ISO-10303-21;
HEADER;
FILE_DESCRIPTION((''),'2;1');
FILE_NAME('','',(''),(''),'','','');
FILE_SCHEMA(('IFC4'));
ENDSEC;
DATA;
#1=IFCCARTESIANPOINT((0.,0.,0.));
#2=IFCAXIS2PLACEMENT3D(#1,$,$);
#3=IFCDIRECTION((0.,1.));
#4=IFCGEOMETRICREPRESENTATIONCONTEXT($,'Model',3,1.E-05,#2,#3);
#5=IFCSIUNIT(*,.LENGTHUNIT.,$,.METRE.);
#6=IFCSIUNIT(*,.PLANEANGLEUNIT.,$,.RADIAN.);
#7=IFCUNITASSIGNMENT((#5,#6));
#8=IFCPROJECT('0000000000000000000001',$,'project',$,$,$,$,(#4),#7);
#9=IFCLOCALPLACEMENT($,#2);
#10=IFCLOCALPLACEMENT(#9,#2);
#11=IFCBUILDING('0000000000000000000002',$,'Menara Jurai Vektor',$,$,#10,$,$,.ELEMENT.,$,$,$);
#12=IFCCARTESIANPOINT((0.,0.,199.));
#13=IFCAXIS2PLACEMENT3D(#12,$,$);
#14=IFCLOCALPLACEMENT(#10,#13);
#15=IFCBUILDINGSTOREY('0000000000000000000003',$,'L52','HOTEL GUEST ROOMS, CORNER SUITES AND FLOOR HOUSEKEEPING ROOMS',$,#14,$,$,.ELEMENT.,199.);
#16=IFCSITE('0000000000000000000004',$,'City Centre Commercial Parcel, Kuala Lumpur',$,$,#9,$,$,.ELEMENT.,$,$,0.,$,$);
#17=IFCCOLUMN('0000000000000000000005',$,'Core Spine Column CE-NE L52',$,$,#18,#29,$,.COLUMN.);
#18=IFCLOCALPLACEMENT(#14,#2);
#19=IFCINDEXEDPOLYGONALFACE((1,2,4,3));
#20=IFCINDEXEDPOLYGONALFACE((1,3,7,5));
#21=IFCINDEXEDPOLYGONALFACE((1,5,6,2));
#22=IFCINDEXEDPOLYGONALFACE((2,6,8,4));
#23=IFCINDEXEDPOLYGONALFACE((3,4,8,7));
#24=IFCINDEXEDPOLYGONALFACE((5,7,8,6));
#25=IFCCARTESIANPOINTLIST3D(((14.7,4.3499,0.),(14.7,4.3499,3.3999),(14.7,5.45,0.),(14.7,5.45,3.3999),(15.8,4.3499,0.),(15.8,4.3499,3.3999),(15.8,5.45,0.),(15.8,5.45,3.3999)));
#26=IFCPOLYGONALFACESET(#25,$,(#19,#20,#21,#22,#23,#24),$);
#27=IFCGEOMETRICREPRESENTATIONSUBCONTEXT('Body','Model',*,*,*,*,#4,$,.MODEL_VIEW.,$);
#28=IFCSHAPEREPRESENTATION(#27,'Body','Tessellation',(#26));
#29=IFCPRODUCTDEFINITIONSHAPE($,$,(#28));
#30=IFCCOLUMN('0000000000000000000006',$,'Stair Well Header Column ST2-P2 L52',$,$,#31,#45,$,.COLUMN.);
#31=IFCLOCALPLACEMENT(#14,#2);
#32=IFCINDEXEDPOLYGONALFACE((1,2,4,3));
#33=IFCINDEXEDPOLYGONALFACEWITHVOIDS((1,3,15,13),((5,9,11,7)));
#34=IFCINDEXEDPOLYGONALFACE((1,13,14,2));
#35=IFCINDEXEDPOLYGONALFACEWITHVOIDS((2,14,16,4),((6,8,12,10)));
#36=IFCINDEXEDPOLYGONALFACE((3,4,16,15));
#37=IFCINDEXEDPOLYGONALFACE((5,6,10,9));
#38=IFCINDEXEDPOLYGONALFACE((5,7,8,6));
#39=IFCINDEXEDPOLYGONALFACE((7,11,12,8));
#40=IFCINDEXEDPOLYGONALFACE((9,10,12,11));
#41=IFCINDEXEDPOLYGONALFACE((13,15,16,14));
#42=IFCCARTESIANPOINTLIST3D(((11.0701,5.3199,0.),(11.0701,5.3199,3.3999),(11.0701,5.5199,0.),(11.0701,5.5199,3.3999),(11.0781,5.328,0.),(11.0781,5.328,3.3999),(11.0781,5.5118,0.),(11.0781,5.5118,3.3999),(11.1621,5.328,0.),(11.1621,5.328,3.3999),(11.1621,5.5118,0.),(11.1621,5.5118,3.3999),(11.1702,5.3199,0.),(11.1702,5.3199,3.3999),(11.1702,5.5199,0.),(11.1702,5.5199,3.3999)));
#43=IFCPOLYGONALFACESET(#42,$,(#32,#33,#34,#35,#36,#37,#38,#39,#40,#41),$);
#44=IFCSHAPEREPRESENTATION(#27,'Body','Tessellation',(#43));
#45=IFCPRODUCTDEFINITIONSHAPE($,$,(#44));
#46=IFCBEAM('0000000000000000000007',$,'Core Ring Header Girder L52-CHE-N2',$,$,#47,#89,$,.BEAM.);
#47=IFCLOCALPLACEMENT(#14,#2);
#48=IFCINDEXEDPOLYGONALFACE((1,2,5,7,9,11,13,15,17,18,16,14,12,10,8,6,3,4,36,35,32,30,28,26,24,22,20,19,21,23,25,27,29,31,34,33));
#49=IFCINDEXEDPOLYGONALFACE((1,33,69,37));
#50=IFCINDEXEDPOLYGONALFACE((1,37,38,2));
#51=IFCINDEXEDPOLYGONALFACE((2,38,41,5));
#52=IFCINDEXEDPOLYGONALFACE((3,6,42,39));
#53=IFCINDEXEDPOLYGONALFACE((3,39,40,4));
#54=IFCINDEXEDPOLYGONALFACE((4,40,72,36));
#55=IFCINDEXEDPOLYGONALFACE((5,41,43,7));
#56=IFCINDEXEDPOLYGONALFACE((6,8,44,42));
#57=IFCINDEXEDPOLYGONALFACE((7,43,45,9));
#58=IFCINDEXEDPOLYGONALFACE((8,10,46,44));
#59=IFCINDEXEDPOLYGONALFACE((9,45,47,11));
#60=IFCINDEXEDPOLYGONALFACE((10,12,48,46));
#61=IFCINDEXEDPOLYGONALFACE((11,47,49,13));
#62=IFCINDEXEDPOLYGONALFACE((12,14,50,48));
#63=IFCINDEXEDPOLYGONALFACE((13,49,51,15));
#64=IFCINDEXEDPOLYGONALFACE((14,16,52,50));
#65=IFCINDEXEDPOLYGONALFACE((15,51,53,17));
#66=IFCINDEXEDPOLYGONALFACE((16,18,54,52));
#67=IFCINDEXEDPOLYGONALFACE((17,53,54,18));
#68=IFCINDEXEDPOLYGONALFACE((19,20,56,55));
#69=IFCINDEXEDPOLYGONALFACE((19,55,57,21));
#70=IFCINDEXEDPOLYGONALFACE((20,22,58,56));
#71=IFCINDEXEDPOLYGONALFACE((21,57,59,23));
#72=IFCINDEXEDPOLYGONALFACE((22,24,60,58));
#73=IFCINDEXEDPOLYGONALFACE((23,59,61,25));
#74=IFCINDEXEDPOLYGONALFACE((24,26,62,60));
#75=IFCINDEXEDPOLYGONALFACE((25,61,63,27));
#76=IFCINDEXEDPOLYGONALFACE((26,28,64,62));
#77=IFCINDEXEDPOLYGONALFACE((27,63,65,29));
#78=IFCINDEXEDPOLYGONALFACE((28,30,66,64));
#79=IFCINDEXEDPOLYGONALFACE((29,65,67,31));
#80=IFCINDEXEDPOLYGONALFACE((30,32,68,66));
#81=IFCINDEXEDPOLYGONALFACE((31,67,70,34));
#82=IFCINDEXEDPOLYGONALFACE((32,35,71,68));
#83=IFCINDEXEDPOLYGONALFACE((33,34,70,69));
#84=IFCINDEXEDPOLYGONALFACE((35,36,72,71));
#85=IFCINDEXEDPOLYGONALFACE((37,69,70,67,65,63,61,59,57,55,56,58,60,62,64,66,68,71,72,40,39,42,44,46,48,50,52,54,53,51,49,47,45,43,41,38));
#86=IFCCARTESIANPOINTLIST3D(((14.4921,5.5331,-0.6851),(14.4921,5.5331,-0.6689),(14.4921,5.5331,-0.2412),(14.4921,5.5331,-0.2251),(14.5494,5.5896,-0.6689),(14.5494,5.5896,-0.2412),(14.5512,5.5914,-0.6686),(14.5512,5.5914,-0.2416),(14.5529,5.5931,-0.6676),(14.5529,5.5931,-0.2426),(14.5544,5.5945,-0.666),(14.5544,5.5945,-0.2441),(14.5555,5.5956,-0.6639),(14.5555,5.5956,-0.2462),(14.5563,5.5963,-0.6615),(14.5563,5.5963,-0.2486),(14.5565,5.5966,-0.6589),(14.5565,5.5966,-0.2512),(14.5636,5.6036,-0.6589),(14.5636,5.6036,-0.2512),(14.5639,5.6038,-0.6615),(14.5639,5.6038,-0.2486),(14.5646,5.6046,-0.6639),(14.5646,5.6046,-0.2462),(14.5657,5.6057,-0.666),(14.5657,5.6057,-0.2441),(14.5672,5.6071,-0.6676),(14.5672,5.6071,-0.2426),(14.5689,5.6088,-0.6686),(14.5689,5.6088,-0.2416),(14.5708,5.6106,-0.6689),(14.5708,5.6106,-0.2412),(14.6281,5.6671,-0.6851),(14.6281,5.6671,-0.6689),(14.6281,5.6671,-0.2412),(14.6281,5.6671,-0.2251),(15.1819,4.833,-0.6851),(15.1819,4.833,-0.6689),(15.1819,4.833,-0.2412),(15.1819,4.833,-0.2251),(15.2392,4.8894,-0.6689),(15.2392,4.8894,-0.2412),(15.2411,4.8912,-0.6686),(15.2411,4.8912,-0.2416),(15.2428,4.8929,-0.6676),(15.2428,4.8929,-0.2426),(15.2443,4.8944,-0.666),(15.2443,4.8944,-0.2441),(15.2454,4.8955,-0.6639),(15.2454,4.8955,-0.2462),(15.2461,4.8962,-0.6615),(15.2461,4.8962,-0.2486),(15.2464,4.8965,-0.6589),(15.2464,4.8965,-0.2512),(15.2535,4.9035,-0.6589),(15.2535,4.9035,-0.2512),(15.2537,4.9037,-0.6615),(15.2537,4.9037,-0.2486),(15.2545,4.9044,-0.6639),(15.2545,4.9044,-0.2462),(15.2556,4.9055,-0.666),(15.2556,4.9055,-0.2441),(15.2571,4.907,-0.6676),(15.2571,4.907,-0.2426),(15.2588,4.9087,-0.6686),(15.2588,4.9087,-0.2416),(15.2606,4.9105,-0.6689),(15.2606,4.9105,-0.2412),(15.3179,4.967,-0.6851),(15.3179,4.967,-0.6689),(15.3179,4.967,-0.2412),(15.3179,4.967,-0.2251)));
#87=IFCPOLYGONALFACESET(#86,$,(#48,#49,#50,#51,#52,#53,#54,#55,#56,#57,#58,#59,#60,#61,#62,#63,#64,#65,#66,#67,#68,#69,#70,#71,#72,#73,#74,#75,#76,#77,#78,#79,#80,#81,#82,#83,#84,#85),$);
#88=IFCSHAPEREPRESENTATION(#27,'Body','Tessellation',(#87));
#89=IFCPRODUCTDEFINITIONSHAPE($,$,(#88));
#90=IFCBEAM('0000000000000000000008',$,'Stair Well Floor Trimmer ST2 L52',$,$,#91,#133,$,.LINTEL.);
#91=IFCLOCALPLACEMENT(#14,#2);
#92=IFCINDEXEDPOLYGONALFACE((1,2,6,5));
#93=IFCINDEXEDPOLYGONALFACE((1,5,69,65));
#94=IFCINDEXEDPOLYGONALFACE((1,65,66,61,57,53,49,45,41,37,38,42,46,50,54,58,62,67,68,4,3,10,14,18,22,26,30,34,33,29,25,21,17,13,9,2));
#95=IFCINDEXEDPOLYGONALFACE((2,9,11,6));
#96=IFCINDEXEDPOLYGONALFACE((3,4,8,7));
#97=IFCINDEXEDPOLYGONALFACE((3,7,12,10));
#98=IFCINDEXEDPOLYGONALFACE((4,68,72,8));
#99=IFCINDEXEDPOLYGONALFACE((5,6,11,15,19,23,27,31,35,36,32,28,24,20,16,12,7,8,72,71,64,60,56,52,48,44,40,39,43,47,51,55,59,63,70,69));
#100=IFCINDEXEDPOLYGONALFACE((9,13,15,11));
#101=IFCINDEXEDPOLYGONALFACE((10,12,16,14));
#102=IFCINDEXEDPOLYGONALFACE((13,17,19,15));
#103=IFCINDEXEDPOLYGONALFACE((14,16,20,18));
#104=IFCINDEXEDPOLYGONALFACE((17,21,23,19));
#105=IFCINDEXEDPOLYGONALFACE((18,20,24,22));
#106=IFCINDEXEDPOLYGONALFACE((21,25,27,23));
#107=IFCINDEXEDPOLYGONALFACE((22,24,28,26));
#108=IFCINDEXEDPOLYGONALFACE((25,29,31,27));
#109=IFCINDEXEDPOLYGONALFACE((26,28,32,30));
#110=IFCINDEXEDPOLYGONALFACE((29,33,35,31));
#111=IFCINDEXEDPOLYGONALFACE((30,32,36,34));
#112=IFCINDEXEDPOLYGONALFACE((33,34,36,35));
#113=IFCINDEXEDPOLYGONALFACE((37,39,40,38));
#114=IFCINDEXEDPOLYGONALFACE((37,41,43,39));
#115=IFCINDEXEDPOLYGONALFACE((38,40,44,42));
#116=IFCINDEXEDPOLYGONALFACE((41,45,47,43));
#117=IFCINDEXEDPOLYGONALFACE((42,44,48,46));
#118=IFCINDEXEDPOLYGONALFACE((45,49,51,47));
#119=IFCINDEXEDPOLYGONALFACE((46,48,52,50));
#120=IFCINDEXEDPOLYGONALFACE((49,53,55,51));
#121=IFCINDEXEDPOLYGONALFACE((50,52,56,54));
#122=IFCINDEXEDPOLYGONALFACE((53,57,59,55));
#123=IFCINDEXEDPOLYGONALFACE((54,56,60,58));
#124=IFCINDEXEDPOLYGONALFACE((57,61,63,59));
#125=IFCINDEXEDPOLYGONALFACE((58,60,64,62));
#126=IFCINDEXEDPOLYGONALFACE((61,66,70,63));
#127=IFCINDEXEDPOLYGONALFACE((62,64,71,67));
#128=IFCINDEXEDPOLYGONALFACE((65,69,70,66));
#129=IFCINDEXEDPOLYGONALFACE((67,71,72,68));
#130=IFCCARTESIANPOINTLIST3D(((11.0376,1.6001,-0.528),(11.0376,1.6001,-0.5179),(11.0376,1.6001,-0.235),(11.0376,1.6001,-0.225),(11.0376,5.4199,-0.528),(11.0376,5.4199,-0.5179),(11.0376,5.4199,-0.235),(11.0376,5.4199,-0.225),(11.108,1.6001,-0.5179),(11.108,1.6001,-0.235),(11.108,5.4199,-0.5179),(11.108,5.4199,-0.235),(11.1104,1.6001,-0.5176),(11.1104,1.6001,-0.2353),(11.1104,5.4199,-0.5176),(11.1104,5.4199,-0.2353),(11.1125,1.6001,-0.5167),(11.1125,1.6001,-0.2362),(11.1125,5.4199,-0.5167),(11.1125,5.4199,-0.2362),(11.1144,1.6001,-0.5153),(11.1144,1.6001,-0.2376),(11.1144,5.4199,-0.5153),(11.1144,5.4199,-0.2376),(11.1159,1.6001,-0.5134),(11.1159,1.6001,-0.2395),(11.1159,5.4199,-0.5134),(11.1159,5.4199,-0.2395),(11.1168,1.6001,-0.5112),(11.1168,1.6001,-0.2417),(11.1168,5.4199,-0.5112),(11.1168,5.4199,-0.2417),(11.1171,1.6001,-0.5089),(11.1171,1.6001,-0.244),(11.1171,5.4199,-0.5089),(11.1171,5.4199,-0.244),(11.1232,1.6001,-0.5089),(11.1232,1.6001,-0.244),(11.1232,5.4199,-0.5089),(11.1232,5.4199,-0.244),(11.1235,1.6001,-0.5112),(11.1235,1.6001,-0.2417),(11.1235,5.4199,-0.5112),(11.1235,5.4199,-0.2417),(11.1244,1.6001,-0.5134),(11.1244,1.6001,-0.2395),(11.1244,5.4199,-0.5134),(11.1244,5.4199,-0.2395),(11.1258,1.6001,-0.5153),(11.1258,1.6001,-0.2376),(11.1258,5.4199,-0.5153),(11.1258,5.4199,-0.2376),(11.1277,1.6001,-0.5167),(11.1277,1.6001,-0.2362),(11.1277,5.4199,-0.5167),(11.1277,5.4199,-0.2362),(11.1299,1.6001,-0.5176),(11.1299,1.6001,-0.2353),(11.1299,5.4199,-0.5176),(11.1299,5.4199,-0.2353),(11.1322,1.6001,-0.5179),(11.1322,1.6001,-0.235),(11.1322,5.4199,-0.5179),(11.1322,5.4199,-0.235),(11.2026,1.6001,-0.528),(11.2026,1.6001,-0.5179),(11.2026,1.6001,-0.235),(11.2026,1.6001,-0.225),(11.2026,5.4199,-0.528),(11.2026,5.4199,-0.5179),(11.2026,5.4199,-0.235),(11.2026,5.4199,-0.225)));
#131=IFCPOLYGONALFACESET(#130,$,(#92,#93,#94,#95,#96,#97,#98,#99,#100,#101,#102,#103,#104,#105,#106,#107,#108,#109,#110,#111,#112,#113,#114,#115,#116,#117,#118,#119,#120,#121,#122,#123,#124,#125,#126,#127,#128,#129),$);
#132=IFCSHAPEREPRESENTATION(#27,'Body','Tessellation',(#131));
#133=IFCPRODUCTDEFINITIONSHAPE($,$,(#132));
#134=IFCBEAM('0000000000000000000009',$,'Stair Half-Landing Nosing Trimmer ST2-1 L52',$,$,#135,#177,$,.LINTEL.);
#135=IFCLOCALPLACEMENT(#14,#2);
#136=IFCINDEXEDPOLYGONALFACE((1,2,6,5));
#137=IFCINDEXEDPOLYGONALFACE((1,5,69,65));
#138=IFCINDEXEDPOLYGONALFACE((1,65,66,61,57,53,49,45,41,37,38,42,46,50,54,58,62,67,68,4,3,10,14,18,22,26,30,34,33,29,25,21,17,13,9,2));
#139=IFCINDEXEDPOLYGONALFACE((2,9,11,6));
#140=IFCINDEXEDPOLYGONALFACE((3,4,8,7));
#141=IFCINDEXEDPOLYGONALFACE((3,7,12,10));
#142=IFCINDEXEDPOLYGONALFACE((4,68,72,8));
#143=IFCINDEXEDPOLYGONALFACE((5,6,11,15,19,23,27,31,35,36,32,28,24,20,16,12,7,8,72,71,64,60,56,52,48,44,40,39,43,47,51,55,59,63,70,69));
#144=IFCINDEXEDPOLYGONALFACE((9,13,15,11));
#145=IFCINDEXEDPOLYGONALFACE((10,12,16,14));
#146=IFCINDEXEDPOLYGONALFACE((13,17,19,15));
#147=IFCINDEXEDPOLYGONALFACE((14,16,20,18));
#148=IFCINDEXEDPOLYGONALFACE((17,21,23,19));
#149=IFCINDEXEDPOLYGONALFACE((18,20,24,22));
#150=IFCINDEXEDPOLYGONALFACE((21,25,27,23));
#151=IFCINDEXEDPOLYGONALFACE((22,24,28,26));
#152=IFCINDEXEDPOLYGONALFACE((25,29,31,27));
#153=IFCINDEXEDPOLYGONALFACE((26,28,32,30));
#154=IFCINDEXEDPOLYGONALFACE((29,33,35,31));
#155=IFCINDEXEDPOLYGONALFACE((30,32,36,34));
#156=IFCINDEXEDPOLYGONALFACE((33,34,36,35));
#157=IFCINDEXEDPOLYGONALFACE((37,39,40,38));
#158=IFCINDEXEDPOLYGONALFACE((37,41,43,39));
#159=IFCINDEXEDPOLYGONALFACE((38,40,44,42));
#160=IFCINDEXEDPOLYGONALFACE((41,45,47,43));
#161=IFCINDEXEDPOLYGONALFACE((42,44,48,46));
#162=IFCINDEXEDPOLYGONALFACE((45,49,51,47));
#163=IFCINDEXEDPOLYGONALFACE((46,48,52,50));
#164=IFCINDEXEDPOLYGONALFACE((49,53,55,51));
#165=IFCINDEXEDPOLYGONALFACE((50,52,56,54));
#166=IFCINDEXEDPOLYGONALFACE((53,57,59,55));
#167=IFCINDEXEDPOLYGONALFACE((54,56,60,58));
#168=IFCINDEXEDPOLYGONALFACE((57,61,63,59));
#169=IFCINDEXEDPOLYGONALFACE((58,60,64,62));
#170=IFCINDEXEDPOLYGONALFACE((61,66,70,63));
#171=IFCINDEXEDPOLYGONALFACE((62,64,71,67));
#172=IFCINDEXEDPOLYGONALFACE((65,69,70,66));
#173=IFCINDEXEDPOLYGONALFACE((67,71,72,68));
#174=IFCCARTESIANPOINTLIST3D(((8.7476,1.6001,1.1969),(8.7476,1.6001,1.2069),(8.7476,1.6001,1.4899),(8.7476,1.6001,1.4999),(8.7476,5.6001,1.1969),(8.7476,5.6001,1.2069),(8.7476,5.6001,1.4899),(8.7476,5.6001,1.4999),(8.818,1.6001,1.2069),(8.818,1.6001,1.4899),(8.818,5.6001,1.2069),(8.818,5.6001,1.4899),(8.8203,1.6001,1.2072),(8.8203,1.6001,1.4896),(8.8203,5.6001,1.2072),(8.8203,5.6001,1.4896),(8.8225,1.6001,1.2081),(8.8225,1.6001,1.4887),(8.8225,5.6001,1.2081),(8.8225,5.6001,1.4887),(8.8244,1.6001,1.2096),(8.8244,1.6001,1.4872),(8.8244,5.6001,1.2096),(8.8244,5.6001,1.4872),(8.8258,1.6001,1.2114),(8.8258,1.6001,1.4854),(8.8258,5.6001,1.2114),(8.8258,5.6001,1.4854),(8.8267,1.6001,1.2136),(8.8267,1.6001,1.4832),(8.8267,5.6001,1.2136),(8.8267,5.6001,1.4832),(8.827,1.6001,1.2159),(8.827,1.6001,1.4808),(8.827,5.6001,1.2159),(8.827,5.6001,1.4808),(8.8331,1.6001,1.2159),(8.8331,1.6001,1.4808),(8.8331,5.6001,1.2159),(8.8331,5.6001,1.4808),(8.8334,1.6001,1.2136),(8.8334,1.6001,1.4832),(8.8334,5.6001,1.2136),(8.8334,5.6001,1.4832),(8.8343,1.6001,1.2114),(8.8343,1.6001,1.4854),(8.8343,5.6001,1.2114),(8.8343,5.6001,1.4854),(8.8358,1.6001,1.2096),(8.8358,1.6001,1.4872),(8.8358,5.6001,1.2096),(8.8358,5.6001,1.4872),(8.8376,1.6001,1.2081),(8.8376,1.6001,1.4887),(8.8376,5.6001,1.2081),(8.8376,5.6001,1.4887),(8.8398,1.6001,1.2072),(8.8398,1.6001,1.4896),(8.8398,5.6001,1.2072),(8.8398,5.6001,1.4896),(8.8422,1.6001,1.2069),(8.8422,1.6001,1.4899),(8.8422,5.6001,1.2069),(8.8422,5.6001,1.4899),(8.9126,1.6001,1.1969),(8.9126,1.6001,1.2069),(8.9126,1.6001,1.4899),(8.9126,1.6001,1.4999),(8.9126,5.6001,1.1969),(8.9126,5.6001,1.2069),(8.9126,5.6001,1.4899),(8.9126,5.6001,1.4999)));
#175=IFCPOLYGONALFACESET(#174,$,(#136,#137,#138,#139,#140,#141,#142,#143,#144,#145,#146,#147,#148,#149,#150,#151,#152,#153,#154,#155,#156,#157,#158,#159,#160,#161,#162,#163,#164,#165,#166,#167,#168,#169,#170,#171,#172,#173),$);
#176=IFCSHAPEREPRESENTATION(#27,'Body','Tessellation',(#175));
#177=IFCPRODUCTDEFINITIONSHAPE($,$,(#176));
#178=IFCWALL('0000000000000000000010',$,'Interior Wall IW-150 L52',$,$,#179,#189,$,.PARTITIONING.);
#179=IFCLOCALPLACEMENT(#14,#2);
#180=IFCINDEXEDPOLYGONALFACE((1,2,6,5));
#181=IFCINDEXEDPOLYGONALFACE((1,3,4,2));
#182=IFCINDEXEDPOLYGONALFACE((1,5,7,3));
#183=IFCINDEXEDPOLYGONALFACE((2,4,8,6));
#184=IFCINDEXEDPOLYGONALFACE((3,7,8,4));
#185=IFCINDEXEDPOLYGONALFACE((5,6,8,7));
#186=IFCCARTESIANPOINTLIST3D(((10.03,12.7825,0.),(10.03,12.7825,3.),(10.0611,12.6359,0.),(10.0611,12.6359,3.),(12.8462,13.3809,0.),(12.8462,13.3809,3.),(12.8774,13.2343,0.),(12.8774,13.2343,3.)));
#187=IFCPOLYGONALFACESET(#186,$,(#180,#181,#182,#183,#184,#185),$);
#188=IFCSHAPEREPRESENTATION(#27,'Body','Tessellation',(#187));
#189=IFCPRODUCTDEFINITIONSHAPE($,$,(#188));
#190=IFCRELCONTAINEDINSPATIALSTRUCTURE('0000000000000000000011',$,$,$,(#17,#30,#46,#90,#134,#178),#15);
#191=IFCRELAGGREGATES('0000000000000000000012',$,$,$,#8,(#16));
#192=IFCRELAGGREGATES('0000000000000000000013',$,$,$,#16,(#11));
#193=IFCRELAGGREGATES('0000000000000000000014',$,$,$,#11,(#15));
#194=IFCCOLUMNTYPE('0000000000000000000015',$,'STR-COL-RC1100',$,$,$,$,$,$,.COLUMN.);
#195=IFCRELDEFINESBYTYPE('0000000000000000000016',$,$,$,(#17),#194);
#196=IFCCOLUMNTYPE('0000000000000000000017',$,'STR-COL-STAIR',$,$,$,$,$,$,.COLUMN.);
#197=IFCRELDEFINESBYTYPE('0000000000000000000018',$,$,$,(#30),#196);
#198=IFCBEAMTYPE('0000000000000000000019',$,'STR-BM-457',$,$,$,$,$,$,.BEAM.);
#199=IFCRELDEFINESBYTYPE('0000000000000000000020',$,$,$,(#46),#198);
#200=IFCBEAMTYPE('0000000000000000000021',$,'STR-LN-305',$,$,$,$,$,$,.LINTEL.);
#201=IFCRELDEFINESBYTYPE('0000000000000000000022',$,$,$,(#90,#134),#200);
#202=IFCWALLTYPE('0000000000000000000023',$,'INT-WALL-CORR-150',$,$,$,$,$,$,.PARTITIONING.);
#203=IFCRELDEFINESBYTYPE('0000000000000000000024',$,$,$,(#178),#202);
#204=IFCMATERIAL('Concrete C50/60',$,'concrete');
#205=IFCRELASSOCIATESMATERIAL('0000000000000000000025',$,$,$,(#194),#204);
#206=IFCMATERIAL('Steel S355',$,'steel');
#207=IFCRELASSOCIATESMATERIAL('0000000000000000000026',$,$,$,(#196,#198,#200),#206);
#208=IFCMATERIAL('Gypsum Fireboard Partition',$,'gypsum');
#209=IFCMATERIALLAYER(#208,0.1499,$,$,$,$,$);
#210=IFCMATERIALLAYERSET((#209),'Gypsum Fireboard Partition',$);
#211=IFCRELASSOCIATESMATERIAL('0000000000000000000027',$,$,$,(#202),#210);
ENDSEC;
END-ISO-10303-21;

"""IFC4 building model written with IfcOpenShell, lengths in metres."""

from ifc_helpers import new_model, si_unit, direction, frame, frame_2d, origin, origin_2d, place, context, subcontext, project, spatial, rectangle, hollow_rectangle, i_section, extrude, material, layer, layer_set, material_profile, profile_set, type_object, element, save


model = new_model("IFC4")

# Units and contexts
model_context = context("Model", 3, precision=1e-05, world=origin(), true_north=direction((0.0, 1.0)))
body_context = subcontext(model_context, "Body", "Model", "MODEL_VIEW")
ifc_project = project(units=[si_unit("LENGTHUNIT", "METRE"), si_unit("PLANEANGLEUNIT", "RADIAN")], contexts=[model_context])

# Site, building, storey
site_placement = place(None, origin())
site = spatial("IfcSite", under=ifc_project, at=site_placement, Name="City Centre Commercial Parcel, Kuala Lumpur", CompositionType="ELEMENT", RefElevation=0.0)
building_placement = place(site_placement, origin())
building = spatial("IfcBuilding", under=site, at=building_placement, Name="Menara Jurai Vektor", CompositionType="ELEMENT")
storey_placement = place(building_placement, frame((0.0, 0.0, 199.0)))
storey = spatial("IfcBuildingStorey", under=building, at=storey_placement, Name="L52", Description="HOTEL GUEST ROOMS, CORNER SUITES AND FLOOR HOUSEKEEPING ROOMS", CompositionType="ELEMENT", Elevation=199.0)

# Columns
ifc_material_1 = material(Name="Concrete C50/60", Category="concrete")
ifc_material_profile_1 = material_profile(ifc_material_1, rectangle(XDim=1.1001, YDim=1.1001, at=origin_2d()), Name="RC 1100x1100")
ifc_profile_set_1 = profile_set([ifc_material_profile_1], Name="Concrete C50/60")
column_type_1 = type_object("IfcColumnType", Name="STR-COL-RC1100", PredefinedType="COLUMN", material=ifc_profile_set_1)
column_1_placement = place(storey_placement, frame((15.25, 4.8999, 0.0), z_axis=(0.0, 0.0, 1.0), x_axis=(1.0, 0.0, 0.0)))
element("IfcColumn", 1, at=column_1_placement, inside=storey, type_object=column_type_1, Name="Core Spine Column CE-NE L52", PredefinedType="COLUMN", context=body_context, shape_type="SweptSolid", body=[
    extrude(rectangle(XDim=1.1001, YDim=1.1001, at=origin_2d()), origin(), (0.0, 0.0, 1.0), 3.3999),
])
ifc_material_2 = material(Name="Steel S355", Category="steel")
ifc_material_profile_2 = material_profile(ifc_material_2, hollow_rectangle(XDim=0.1001, YDim=0.2, WallThickness=0.0081, at=origin_2d()), Name="RHS 200x100x8")
ifc_profile_set_2 = profile_set([ifc_material_profile_2], Name="Steel S355")
column_type_2 = type_object("IfcColumnType", Name="STR-COL-STAIR", PredefinedType="COLUMN", material=ifc_profile_set_2)
column_2_placement = place(storey_placement, frame((11.1201, 5.4199, 0.0), z_axis=(0.0, 0.0, 1.0), x_axis=(1.0, 0.0, 0.0)))
element("IfcColumn", 2, at=column_2_placement, inside=storey, type_object=column_type_2, Name="Stair Well Header Column ST2-P2 L52", PredefinedType="COLUMN", context=body_context, shape_type="SweptSolid", body=[
    extrude(hollow_rectangle(XDim=0.1001, YDim=0.2, WallThickness=0.0081, at=origin_2d()), origin(), (0.0, 0.0, 1.0), 3.3999),
])

# Beams
ifc_material_profile_3 = material_profile(ifc_material_2, i_section(OverallWidth=0.1909, OverallDepth=0.46, WebThickness=0.01, FlangeThickness=0.0161, FilletRadius=0.01, at=origin_2d()), Name="UKB 457x191x82")
ifc_profile_set_3 = profile_set([ifc_material_profile_3], Name="Steel S355")
beam_type_1 = type_object("IfcBeamType", Name="STR-BM-457", PredefinedType="BEAM", material=ifc_profile_set_3)
beam_1_placement = place(storey_placement, frame((14.5601, 5.6001, -0.4551), z_axis=(0.701872, -0.712303, 0.0), x_axis=(0.712303, 0.701872, 0.0)))
element("IfcBeam", 3, at=beam_1_placement, inside=storey, type_object=beam_type_1, Name="Core Ring Header Girder L52-CHE-N2", PredefinedType="BEAM", context=body_context, shape_type="SweptSolid", body=[
    extrude(i_section(OverallWidth=0.1909, OverallDepth=0.46, WebThickness=0.01, FlangeThickness=0.0161, FilletRadius=0.01, at=origin_2d()), origin(), (0.0, 0.0, 1.0), 0.9829),
])
ifc_material_profile_4 = material_profile(ifc_material_2, i_section(OverallWidth=0.165, OverallDepth=0.303, WebThickness=0.0061, FlangeThickness=0.01, FilletRadius=0.009, at=origin_2d()), Name="UKB 305x165x40")
ifc_profile_set_4 = profile_set([ifc_material_profile_4], Name="Steel S355")
beam_type_2 = type_object("IfcBeamType", Name="STR-LN-305", PredefinedType="LINTEL", material=ifc_profile_set_4)
beam_2_placement = place(storey_placement, frame((11.1201, 1.6001, -0.3765), z_axis=(0.0, 1.0, 0.0), x_axis=(-1.0, 0.0, 0.0)))
element("IfcBeam", 4, at=beam_2_placement, inside=storey, type_object=beam_type_2, Name="Stair Well Floor Trimmer ST2 L52", PredefinedType="LINTEL", context=body_context, shape_type="SweptSolid", body=[
    extrude(i_section(OverallWidth=0.165, OverallDepth=0.303, WebThickness=0.0061, FlangeThickness=0.01, FilletRadius=0.009, at=origin_2d()), origin(), (0.0, 0.0, 1.0), 3.8198),
])
beam_3_placement = place(storey_placement, frame((8.8301, 1.6001, 1.3484), z_axis=(0.0, 1.0, 0.0), x_axis=(-1.0, 0.0, 0.0)))
element("IfcBeam", 5, at=beam_3_placement, inside=storey, type_object=beam_type_2, Name="Stair Half-Landing Nosing Trimmer ST2-1 L52", PredefinedType="LINTEL", context=body_context, shape_type="SweptSolid", body=[
    extrude(i_section(OverallWidth=0.165, OverallDepth=0.303, WebThickness=0.0061, FlangeThickness=0.01, FilletRadius=0.009, at=origin_2d()), origin(), (0.0, 0.0, 1.0), 4.0),
])

# Wall
ifc_material_3 = material(Name="Gypsum Fireboard Partition", Category="gypsum")
ifc_layer_1 = layer(ifc_material_3, 0.1499)
ifc_layer_set_1 = layer_set([ifc_layer_1], Name="Gypsum Fireboard Partition")
wall_type_1 = type_object("IfcWallType", Name="INT-WALL-CORR-150", PredefinedType="PARTITIONING", material=ifc_layer_set_1)
wall_1_placement = place(storey_placement, frame((10.0457, 12.7092, 0.0), z_axis=(0.0, 0.0, 1.0), x_axis=(0.978162, 0.207844, 0.0)))
element("IfcWall", 6, at=wall_1_placement, inside=storey, type_object=wall_type_1, Name="Interior Wall IW-150 L52", PredefinedType="PARTITIONING", context=body_context, shape_type="SweptSolid", body=[
    extrude(rectangle(XDim=2.8792, YDim=0.1499, at=frame_2d((1.4395, 0.0))), origin(), (0.0, 0.0, 1.0), 3.0),
])

save(model, "model.ifc")
